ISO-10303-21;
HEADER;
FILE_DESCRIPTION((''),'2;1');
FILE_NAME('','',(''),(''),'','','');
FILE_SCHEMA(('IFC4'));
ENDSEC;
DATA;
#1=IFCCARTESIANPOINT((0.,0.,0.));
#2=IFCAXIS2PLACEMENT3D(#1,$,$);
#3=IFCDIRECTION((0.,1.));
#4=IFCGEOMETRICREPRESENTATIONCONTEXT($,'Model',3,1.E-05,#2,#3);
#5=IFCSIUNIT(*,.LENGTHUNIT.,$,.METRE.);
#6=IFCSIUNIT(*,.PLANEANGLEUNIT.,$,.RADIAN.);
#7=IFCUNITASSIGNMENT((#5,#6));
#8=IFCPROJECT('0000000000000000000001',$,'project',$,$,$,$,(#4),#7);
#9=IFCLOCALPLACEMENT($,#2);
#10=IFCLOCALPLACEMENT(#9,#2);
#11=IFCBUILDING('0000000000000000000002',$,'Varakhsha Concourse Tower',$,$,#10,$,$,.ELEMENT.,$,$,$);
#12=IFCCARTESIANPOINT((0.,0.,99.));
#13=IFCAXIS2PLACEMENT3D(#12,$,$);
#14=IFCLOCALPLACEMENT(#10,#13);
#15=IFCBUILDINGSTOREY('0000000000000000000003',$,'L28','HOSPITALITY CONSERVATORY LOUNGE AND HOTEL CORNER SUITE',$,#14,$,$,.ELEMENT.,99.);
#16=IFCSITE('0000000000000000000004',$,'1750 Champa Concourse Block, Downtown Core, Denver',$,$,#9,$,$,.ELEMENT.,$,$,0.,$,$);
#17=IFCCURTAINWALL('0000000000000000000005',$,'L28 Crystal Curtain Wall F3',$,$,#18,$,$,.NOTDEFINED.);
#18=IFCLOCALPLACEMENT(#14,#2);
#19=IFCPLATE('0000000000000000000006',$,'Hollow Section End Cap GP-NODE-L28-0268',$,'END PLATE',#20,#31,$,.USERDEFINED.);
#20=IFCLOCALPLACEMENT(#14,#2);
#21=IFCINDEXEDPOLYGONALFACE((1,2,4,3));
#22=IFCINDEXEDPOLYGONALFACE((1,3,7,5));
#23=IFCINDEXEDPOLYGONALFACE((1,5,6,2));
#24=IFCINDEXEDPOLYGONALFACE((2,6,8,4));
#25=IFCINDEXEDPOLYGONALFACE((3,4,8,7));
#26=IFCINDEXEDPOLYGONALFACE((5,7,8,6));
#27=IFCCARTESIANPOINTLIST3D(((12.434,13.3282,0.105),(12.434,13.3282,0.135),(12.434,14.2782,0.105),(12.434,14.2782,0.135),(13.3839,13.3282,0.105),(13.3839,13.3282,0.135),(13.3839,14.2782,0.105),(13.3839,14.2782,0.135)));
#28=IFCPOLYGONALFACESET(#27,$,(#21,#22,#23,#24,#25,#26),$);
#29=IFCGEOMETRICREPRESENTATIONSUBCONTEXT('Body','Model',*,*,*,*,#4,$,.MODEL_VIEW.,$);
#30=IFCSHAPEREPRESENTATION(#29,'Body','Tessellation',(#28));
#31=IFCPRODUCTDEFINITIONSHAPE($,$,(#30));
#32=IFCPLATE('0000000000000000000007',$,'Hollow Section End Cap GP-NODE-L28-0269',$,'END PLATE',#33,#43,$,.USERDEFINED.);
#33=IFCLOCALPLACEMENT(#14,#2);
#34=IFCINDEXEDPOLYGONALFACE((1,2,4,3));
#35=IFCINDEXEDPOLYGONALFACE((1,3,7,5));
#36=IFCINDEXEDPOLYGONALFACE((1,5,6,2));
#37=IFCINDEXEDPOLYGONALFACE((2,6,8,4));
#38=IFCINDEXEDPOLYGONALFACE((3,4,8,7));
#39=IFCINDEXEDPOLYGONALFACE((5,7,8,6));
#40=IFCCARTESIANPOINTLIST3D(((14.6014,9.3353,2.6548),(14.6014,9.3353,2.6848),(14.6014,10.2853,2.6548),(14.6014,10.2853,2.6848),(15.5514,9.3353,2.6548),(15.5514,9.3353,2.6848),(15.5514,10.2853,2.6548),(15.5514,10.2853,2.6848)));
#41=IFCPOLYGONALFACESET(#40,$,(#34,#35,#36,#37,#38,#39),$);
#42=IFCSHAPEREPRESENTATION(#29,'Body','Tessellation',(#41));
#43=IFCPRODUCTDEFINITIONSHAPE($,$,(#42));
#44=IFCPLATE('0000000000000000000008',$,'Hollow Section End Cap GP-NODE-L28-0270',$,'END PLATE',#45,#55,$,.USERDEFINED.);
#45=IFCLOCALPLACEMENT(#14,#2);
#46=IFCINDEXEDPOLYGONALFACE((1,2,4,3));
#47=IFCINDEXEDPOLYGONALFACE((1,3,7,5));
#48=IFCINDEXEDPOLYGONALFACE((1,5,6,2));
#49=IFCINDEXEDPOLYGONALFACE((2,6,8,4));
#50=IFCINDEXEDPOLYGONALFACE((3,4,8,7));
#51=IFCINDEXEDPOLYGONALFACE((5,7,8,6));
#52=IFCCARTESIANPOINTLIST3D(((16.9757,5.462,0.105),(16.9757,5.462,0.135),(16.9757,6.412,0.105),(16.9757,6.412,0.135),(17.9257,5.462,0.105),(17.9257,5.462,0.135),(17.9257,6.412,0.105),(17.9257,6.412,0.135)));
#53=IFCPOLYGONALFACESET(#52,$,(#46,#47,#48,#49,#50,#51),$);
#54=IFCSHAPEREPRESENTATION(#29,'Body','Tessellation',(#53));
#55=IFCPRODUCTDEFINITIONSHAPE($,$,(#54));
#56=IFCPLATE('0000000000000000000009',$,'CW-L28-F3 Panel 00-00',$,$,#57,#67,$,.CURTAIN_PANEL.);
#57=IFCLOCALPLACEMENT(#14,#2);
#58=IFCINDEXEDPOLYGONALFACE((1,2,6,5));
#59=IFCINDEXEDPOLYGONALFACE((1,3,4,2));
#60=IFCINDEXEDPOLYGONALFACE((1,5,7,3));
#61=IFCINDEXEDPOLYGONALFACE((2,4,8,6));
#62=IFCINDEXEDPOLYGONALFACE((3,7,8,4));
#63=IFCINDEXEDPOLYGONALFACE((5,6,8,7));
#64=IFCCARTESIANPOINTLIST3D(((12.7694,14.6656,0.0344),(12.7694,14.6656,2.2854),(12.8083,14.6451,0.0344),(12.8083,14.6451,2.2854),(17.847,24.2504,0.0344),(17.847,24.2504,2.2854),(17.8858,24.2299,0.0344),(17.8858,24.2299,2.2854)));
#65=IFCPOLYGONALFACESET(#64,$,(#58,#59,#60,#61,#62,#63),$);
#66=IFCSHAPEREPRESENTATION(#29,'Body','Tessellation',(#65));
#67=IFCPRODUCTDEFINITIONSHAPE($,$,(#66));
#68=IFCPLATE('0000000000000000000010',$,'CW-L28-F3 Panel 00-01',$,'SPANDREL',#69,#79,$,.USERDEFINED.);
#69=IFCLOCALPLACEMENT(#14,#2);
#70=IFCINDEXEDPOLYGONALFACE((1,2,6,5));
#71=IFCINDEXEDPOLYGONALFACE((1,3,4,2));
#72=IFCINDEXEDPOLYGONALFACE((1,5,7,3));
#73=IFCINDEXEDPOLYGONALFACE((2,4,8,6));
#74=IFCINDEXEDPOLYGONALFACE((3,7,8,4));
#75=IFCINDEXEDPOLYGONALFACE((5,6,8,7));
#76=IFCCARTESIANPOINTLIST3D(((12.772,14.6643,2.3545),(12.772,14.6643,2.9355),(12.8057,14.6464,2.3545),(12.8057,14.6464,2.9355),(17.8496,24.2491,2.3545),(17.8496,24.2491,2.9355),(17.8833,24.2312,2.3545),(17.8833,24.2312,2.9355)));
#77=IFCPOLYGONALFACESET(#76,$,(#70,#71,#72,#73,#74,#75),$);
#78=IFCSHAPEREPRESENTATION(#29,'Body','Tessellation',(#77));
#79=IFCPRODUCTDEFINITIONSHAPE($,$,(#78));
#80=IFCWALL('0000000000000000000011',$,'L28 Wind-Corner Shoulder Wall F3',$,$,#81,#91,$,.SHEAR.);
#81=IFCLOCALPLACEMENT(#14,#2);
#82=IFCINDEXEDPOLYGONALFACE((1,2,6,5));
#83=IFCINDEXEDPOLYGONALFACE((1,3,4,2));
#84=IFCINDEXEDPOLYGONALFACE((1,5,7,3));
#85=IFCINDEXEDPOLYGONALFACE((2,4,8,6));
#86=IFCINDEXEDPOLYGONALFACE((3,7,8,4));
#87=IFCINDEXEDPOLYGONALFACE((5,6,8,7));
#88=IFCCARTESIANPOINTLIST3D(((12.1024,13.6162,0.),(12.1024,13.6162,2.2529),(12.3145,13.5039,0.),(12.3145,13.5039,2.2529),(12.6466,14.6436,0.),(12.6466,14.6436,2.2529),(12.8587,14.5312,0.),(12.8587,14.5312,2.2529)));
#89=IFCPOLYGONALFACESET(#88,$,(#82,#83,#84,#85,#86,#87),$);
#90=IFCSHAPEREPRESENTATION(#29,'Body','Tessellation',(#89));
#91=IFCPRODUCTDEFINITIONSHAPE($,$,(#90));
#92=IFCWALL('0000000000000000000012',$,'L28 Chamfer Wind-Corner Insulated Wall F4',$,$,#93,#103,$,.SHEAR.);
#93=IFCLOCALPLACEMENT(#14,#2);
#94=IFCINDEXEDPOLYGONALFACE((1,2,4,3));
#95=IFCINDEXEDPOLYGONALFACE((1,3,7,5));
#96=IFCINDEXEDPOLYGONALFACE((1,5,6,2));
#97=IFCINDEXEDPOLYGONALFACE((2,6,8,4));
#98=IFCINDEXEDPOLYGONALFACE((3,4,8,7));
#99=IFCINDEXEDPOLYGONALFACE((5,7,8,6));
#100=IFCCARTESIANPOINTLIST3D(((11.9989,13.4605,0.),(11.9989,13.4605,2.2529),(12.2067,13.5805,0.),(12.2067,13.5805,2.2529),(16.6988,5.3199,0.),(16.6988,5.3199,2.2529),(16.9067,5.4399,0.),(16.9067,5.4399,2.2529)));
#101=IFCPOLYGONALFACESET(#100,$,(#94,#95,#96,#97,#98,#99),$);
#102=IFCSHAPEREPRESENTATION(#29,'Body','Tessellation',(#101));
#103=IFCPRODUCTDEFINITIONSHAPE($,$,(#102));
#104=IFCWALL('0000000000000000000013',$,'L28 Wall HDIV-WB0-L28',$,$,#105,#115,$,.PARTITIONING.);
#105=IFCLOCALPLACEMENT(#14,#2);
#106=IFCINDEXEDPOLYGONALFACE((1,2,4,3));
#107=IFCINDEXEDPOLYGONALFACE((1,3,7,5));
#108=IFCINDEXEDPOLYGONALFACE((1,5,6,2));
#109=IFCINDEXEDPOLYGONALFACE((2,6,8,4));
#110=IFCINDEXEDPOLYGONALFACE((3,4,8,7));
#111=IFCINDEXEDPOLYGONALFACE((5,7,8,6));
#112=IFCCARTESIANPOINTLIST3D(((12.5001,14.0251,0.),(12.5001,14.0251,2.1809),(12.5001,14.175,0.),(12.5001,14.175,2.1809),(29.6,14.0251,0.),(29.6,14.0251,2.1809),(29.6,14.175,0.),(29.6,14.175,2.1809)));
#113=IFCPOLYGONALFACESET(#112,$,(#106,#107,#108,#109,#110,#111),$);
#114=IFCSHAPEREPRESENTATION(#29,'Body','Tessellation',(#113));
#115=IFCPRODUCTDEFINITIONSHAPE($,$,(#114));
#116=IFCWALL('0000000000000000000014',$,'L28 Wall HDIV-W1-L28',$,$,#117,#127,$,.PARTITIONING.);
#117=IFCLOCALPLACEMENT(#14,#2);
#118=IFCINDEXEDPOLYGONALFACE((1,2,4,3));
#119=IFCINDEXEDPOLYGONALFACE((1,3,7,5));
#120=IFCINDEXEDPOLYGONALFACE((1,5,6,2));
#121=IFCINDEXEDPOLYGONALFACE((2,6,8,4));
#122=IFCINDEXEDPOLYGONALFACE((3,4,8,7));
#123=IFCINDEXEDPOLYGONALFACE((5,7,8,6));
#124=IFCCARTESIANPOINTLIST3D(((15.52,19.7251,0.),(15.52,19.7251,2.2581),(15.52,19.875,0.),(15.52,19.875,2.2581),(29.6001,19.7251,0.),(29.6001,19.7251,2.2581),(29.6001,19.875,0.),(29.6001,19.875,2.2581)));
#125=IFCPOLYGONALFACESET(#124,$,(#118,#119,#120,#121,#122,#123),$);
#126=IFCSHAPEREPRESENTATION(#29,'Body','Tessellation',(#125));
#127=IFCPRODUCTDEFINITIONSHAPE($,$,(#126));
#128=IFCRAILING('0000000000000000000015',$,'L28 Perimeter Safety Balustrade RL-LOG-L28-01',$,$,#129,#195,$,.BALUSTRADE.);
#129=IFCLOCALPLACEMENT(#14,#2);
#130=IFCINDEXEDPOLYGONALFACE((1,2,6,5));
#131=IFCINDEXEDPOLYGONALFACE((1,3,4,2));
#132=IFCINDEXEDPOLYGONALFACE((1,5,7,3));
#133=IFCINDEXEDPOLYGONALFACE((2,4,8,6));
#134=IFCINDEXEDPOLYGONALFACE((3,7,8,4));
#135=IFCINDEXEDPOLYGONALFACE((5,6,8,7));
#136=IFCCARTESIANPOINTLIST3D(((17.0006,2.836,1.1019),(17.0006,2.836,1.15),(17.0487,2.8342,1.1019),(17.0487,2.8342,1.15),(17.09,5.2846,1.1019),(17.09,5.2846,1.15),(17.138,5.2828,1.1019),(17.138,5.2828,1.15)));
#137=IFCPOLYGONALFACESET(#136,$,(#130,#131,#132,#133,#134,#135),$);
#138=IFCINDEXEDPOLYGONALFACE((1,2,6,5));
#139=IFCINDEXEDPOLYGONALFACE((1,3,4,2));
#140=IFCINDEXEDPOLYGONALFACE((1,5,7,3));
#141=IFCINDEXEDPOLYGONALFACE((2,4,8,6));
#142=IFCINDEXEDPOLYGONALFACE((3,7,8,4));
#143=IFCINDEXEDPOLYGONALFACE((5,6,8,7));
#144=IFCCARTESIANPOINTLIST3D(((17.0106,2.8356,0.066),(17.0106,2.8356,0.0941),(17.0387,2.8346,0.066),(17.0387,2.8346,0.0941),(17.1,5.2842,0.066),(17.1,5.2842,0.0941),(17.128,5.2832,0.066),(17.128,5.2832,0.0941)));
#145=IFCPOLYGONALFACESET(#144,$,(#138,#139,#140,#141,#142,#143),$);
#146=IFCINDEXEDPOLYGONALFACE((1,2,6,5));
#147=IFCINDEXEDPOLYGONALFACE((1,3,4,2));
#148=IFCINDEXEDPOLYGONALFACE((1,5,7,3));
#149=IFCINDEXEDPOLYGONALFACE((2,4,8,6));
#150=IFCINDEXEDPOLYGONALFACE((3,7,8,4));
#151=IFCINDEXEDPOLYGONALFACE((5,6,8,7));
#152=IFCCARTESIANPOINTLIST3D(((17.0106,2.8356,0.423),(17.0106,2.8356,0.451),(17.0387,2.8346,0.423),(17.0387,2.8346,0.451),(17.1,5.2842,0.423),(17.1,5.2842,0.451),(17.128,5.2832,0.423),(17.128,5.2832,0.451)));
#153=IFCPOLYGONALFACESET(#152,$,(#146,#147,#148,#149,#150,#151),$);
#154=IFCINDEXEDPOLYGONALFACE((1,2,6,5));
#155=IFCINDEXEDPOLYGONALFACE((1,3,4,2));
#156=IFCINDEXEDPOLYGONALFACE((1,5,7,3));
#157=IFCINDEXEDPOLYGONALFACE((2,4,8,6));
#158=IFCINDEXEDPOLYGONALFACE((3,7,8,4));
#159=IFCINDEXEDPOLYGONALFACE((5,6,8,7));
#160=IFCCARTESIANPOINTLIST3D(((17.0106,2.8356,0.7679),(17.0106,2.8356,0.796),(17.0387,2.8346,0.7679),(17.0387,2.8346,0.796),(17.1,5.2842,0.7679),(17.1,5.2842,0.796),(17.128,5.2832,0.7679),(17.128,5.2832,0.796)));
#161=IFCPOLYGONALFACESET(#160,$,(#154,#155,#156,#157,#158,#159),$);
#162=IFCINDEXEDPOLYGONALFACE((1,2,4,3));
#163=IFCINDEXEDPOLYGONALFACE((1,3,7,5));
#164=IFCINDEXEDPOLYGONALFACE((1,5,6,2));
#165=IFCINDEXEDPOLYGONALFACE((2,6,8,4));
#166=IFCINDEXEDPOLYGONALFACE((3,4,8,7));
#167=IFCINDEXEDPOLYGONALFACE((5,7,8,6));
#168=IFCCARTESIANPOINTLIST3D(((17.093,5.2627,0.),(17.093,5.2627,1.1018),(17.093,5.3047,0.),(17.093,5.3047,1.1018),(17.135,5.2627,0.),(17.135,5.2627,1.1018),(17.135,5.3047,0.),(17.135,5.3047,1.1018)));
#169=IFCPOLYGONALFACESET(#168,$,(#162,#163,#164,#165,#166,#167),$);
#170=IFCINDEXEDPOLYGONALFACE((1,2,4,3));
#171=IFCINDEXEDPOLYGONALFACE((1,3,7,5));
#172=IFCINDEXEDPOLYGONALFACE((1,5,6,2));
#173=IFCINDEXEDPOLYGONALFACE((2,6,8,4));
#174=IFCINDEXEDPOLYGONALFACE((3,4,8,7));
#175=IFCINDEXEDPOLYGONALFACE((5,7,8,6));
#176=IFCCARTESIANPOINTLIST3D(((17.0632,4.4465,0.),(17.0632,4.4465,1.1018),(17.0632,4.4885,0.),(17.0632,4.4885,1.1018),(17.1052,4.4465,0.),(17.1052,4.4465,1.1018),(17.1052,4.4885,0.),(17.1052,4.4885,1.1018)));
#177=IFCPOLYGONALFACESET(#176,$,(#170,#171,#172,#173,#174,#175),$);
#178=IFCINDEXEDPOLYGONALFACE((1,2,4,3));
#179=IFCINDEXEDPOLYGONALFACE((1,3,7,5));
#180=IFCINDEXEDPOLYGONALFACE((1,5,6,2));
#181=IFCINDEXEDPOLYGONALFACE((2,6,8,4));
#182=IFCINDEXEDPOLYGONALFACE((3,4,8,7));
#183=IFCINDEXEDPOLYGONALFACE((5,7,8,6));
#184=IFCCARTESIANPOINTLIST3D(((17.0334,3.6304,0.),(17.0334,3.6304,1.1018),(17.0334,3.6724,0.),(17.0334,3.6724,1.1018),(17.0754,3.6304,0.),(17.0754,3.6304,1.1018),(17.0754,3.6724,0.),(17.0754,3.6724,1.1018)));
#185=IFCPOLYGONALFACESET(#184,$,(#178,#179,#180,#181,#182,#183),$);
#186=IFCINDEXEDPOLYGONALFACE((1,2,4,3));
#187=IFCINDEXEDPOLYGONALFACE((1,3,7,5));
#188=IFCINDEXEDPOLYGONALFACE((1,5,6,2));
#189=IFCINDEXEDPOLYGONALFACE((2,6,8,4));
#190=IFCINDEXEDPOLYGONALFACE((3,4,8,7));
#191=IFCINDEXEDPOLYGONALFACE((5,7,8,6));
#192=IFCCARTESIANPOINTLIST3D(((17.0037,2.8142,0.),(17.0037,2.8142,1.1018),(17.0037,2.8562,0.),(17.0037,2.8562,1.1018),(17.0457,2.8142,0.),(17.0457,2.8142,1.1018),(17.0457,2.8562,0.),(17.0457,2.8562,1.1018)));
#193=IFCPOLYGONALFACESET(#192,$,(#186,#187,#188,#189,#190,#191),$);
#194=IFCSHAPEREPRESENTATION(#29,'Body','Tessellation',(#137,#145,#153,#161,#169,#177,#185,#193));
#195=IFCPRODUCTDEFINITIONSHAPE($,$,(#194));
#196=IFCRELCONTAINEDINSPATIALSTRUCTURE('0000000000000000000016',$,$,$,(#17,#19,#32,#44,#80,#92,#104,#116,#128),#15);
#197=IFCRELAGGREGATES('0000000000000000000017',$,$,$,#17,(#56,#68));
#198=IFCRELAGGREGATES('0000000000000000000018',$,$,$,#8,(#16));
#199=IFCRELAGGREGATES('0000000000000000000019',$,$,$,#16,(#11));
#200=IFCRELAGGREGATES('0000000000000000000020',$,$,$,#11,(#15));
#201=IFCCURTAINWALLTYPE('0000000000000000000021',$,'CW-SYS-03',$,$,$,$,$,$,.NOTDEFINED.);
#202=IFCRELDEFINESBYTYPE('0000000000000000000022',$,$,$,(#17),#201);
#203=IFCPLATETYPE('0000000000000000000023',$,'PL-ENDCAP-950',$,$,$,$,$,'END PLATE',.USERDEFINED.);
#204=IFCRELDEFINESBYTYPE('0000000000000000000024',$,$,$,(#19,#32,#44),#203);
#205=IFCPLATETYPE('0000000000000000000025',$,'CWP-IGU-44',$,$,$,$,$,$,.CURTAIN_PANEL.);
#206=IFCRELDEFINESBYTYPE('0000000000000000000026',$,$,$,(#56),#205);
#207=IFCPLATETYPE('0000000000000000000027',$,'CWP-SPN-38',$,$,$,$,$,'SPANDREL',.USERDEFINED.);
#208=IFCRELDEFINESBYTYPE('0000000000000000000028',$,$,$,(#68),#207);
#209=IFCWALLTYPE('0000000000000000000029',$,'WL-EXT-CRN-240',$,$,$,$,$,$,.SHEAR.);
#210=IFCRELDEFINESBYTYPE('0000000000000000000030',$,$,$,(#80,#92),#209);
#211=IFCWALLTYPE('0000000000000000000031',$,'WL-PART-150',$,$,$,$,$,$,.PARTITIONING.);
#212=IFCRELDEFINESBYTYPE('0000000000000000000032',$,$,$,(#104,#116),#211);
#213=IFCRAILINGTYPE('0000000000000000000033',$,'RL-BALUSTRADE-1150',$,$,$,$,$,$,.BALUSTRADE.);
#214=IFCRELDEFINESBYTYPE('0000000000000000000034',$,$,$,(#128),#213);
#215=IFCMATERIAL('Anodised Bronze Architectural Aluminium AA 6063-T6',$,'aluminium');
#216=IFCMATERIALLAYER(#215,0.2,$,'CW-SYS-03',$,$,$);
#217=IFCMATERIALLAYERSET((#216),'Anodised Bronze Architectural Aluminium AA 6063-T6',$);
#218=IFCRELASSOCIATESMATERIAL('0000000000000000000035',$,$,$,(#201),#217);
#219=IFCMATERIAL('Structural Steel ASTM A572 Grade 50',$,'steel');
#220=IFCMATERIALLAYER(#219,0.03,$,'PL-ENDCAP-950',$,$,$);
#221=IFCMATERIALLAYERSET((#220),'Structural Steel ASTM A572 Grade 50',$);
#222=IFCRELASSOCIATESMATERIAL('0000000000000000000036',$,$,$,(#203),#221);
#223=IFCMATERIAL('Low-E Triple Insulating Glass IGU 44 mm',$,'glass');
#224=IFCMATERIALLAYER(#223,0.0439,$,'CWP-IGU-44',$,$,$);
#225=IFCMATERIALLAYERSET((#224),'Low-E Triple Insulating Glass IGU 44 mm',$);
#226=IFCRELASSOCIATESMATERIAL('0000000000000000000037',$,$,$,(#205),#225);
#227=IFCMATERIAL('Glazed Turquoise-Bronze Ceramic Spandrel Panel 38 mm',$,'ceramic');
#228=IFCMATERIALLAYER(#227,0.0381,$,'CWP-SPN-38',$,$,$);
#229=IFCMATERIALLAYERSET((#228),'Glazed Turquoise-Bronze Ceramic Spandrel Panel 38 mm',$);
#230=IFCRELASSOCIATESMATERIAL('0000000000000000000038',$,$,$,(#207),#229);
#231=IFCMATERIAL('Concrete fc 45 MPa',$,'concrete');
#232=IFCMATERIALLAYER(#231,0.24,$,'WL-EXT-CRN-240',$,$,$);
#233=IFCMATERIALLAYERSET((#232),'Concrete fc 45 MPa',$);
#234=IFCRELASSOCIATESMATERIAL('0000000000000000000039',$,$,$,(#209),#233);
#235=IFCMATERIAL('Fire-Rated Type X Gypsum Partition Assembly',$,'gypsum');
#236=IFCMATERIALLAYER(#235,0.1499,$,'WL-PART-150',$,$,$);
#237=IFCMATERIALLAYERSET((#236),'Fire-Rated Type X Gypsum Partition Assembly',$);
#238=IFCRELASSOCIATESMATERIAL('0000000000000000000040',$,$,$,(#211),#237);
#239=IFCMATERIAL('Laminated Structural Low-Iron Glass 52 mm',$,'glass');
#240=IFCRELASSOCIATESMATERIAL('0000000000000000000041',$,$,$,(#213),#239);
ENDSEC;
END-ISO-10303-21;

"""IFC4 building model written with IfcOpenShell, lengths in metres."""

from ifc_helpers import new_model, si_unit, direction, frame, frame_2d, origin, origin_2d, place, context, subcontext, project, spatial, rectangle, extrude, source, transform, mapped, material, layer, layer_set, type_object, type_shapes, element, aggregate, save


model = new_model("IFC4")

# Units and contexts
model_context = context("Model", 3, precision=1e-05, world=origin(), true_north=direction((0.0, 1.0)))
body_context = subcontext(model_context, "Body", "Model", "MODEL_VIEW")
ifc_project = project(units=[si_unit("LENGTHUNIT", "METRE"), si_unit("PLANEANGLEUNIT", "RADIAN")], contexts=[model_context])

# Site, building, storey
site_placement = place(None, origin())
site = spatial("IfcSite", under=ifc_project, at=site_placement, Name="1750 Champa Concourse Block, Downtown Core, Denver", CompositionType="ELEMENT", RefElevation=0.0)
building_placement = place(site_placement, origin())
building = spatial("IfcBuilding", under=site, at=building_placement, Name="Varakhsha Concourse Tower", CompositionType="ELEMENT")
storey_placement = place(building_placement, frame((0.0, 0.0, 99.0)))
storey = spatial("IfcBuildingStorey", under=building, at=storey_placement, Name="L28", Description="HOSPITALITY CONSERVATORY LOUNGE AND HOTEL CORNER SUITE", CompositionType="ELEMENT", Elevation=99.0)

# Shared definitions
ifc_material_1 = material(Name="Structural Steel ASTM A572 Grade 50", Category="steel")

# Curtain wall
ifc_material_2 = material(Name="Anodised Bronze Architectural Aluminium AA 6063-T6", Category="aluminium")
ifc_layer_1 = layer(ifc_material_2, 0.2, Name="CW-SYS-03")
ifc_layer_set_1 = layer_set([ifc_layer_1], Name="Anodised Bronze Architectural Aluminium AA 6063-T6")
curtain_wall_type = type_object("IfcCurtainWallType", Name="CW-SYS-03", PredefinedType="NOTDEFINED", material=ifc_layer_set_1)
curtain_wall_placement = place(storey_placement, origin())
curtain_wall = element("IfcCurtainWall", 1, at=curtain_wall_placement, inside=storey, type_object=curtain_wall_type, Name="L28 Crystal Curtain Wall F3", PredefinedType="NOTDEFINED")

# Shared definitions
ifc_material_3 = material(Name="Concrete fc 45 MPa", Category="concrete")

# Plates
ifc_layer_2 = layer(ifc_material_1, 0.03, Name="PL-ENDCAP-950")
ifc_layer_set_2 = layer_set([ifc_layer_2], Name="Structural Steel ASTM A572 Grade 50")
plate_type_1 = type_object("IfcPlateType", Name="PL-ENDCAP-950", ElementType="END PLATE", PredefinedType="USERDEFINED", material=ifc_layer_set_2)
shared_shape_1 = source(origin(), body_context, "Body", "SweptSolid", [
    extrude(rectangle(XDim=0.95, YDim=0.95, at=origin_2d()), origin(), (0.0, 0.0, 1.0), 0.03),
])
type_shapes(plate_type_1, [shared_shape_1])
for number, where, z_axis, x_axis, name in (
    (2, (12.9089, 13.8032, 0.105), (0.0, 0.0, 1.0), (1.0, 0.0, 0.0), "Hollow Section End Cap GP-NODE-L28-0268"),
    (3, (15.0764, 9.8103, 2.6548), (0.0, 0.0, 1.0), (1.0, 0.0, 0.0), "Hollow Section End Cap GP-NODE-L28-0269"),
    (4, (17.4507, 5.937, 0.105), (0.0, 0.0, 1.0), (1.0, 0.0, 0.0), "Hollow Section End Cap GP-NODE-L28-0270"),
):
    element("IfcPlate", number, at=place(storey_placement, frame(where, z_axis=z_axis, x_axis=x_axis)), inside=storey, type_object=plate_type_1, Name=name, ObjectType="END PLATE", PredefinedType="USERDEFINED", context=body_context, shape_type="MappedRepresentation", body=[
        mapped(shared_shape_1, transform((0.0, 0.0, 0.0), scale=1.0)),
    ])

# Plates
ifc_material_4 = material(Name="Low-E Triple Insulating Glass IGU 44 mm", Category="glass")
ifc_layer_3 = layer(ifc_material_4, 0.0439, Name="CWP-IGU-44")
ifc_layer_set_3 = layer_set([ifc_layer_3], Name="Low-E Triple Insulating Glass IGU 44 mm")
plate_type_2 = type_object("IfcPlateType", Name="CWP-IGU-44", PredefinedType="CURTAIN_PANEL", material=ifc_layer_set_3)
shared_shape_2 = source(origin(), body_context, "Body", "SweptSolid", [
    extrude(rectangle(XDim=10.8467, YDim=0.0439, at=origin_2d()), origin(), (0.0, 0.0, 1.0), 2.251),
])
type_shapes(plate_type_2, [shared_shape_2])
plate_1_placement = place(storey_placement, frame((15.3276, 19.4478, 0.0344), z_axis=(0.0, 0.0, 1.0), x_axis=(0.468124, 0.883663, 0.0)))
plate_1 = element("IfcPlate", 5, at=plate_1_placement, type_object=plate_type_2, Name="CW-L28-F3 Panel 00-00", PredefinedType="CURTAIN_PANEL", context=body_context, shape_type="MappedRepresentation", body=[
    mapped(shared_shape_2, transform((0.0, 0.0, 0.0), scale=1.0)),
])
ifc_material_5 = material(Name="Glazed Turquoise-Bronze Ceramic Spandrel Panel 38 mm", Category="ceramic")
ifc_layer_4 = layer(ifc_material_5, 0.0381, Name="CWP-SPN-38")
ifc_layer_set_4 = layer_set([ifc_layer_4], Name="Glazed Turquoise-Bronze Ceramic Spandrel Panel 38 mm")
plate_type_3 = type_object("IfcPlateType", Name="CWP-SPN-38", ElementType="SPANDREL", PredefinedType="USERDEFINED", material=ifc_layer_set_4)
shared_shape_3 = source(origin(), body_context, "Body", "SweptSolid", [
    extrude(rectangle(XDim=10.8467, YDim=0.0381, at=origin_2d()), origin(), (0.0, 0.0, 1.0), 0.5811),
])
type_shapes(plate_type_3, [shared_shape_3])
plate_2_placement = place(storey_placement, frame((15.3276, 19.4478, 2.3545), z_axis=(0.0, 0.0, 1.0), x_axis=(0.468124, 0.883663, 0.0)))
plate_2 = element("IfcPlate", 6, at=plate_2_placement, type_object=plate_type_3, Name="CW-L28-F3 Panel 00-01", ObjectType="SPANDREL", PredefinedType="USERDEFINED", context=body_context, shape_type="MappedRepresentation", body=[
    mapped(shared_shape_3, transform((0.0, 0.0, 0.0), scale=1.0)),
])
aggregate(curtain_wall, [plate_1, plate_2])

# Walls
ifc_layer_5 = layer(ifc_material_3, 0.24, Name="WL-EXT-CRN-240")
ifc_layer_set_5 = layer_set([ifc_layer_5], Name="Concrete fc 45 MPa")
wall_type_1 = type_object("IfcWallType", Name="WL-EXT-CRN-240", PredefinedType="SHEAR", material=ifc_layer_set_5)
wall_1_placement = place(storey_placement, frame((12.7527, 14.5874, 0.0), z_axis=(0.0, 0.0, 1.0), x_axis=(-0.46809, -0.883681, 0.0)))
element("IfcWall", 7, at=wall_1_placement, inside=storey, type_object=wall_type_1, Name="L28 Wind-Corner Shoulder Wall F3", PredefinedType="SHEAR", context=body_context, shape_type="SweptSolid", body=[
    extrude(rectangle(XDim=1.1626, YDim=0.24, at=frame_2d((0.5813, 0.0))), origin(), (0.0, 0.0, 1.0), 2.2529),
])
wall_2_placement = place(storey_placement, frame((16.8027, 5.3799, 0.0), z_axis=(0.0, 0.0, 1.0), x_axis=(-0.499997, 0.866027, 0.0)))
element("IfcWall", 8, at=wall_2_placement, inside=storey, type_object=wall_type_1, Name="L28 Chamfer Wind-Corner Insulated Wall F4", PredefinedType="SHEAR", context=body_context, shape_type="SweptSolid", body=[
    extrude(rectangle(XDim=9.3999, YDim=0.24, at=frame_2d((4.7, 0.0))), origin(), (0.0, 0.0, 1.0), 2.2529),
])
ifc_material_6 = material(Name="Fire-Rated Type X Gypsum Partition Assembly", Category="gypsum")
ifc_layer_6 = layer(ifc_material_6, 0.1499, Name="WL-PART-150")
ifc_layer_set_6 = layer_set([ifc_layer_6], Name="Fire-Rated Type X Gypsum Partition Assembly")
wall_type_2 = type_object("IfcWallType", Name="WL-PART-150", PredefinedType="PARTITIONING", material=ifc_layer_set_6)
wall_3_placement = place(storey_placement, frame((12.5002, 14.1001, 0.0), z_axis=(0.0, 0.0, 1.0), x_axis=(1.0, 0.0, 0.0)))
element("IfcWall", 9, at=wall_3_placement, inside=storey, type_object=wall_type_2, Name="L28 Wall HDIV-WB0-L28", PredefinedType="PARTITIONING", context=body_context, shape_type="SweptSolid", body=[
    extrude(rectangle(XDim=17.0999, YDim=0.1499, at=frame_2d((8.5498, 0.0))), origin(), (0.0, 0.0, 1.0), 2.1809),
])
wall_4_placement = place(storey_placement, frame((15.52, 19.8, 0.0), z_axis=(0.0, 0.0, 1.0), x_axis=(1.0, 0.0, 0.0)))
element("IfcWall", 10, at=wall_4_placement, inside=storey, type_object=wall_type_2, Name="L28 Wall HDIV-W1-L28", PredefinedType="PARTITIONING", context=body_context, shape_type="SweptSolid", body=[
    extrude(rectangle(XDim=14.0801, YDim=0.1499, at=frame_2d((7.04, 0.0))), origin(), (0.0, 0.0, 1.0), 2.2581),
])

# Railing
ifc_material_7 = material(Name="Laminated Structural Low-Iron Glass 52 mm", Category="glass")
railing_type = type_object("IfcRailingType", Name="RL-BALUSTRADE-1150", PredefinedType="BALUSTRADE", material=ifc_material_7)
railing_1_placement = place(storey_placement, frame((17.114, 5.2837, 0.0)))
element("IfcRailing", 11, at=railing_1_placement, inside=storey, type_object=railing_type, Name="L28 Perimeter Safety Balustrade RL-LOG-L28-01", PredefinedType="BALUSTRADE", context=body_context, shape_type="SweptSolid", body=[
    extrude(rectangle(XDim=0.0481, YDim=0.0481, at=origin_2d()), frame((0.0, 0.0, 1.126), z_axis=(-0.03647, -0.999335, 0.0), x_axis=(0.999335, -0.03647, 0.0)), (0.0, 0.0, 1.0), 2.4502),
    extrude(rectangle(XDim=0.0281, YDim=0.0281, at=origin_2d()), frame((0.0, 0.0, 0.0801), z_axis=(-0.03647, -0.999335, 0.0), x_axis=(0.999335, -0.03647, 0.0)), (0.0, 0.0, 1.0), 2.4502),
    extrude(rectangle(XDim=0.0281, YDim=0.0281, at=origin_2d()), frame((0.0, 0.0, 0.437), z_axis=(-0.03647, -0.999335, 0.0), x_axis=(0.999335, -0.03647, 0.0)), (0.0, 0.0, 1.0), 2.4502),
    extrude(rectangle(XDim=0.0281, YDim=0.0281, at=origin_2d()), frame((0.0, 0.0, 0.782), z_axis=(-0.03647, -0.999335, 0.0), x_axis=(0.999335, -0.03647, 0.0)), (0.0, 0.0, 1.0), 2.4502),
    extrude(rectangle(XDim=0.042, YDim=0.042, at=origin_2d()), origin(), (0.0, 0.0, 1.0), 1.1018),
    extrude(rectangle(XDim=0.042, YDim=0.042, at=origin_2d()), frame((-0.0298, -0.8162, 0.0)), (0.0, 0.0, 1.0), 1.1018),
    extrude(rectangle(XDim=0.042, YDim=0.042, at=origin_2d()), frame((-0.0596, -1.6323, 0.0)), (0.0, 0.0, 1.0), 1.1018),
    extrude(rectangle(XDim=0.042, YDim=0.042, at=origin_2d()), frame((-0.0894, -2.4485, 0.0)), (0.0, 0.0, 1.0), 1.1018),
])

save(model, "model.ifc")
